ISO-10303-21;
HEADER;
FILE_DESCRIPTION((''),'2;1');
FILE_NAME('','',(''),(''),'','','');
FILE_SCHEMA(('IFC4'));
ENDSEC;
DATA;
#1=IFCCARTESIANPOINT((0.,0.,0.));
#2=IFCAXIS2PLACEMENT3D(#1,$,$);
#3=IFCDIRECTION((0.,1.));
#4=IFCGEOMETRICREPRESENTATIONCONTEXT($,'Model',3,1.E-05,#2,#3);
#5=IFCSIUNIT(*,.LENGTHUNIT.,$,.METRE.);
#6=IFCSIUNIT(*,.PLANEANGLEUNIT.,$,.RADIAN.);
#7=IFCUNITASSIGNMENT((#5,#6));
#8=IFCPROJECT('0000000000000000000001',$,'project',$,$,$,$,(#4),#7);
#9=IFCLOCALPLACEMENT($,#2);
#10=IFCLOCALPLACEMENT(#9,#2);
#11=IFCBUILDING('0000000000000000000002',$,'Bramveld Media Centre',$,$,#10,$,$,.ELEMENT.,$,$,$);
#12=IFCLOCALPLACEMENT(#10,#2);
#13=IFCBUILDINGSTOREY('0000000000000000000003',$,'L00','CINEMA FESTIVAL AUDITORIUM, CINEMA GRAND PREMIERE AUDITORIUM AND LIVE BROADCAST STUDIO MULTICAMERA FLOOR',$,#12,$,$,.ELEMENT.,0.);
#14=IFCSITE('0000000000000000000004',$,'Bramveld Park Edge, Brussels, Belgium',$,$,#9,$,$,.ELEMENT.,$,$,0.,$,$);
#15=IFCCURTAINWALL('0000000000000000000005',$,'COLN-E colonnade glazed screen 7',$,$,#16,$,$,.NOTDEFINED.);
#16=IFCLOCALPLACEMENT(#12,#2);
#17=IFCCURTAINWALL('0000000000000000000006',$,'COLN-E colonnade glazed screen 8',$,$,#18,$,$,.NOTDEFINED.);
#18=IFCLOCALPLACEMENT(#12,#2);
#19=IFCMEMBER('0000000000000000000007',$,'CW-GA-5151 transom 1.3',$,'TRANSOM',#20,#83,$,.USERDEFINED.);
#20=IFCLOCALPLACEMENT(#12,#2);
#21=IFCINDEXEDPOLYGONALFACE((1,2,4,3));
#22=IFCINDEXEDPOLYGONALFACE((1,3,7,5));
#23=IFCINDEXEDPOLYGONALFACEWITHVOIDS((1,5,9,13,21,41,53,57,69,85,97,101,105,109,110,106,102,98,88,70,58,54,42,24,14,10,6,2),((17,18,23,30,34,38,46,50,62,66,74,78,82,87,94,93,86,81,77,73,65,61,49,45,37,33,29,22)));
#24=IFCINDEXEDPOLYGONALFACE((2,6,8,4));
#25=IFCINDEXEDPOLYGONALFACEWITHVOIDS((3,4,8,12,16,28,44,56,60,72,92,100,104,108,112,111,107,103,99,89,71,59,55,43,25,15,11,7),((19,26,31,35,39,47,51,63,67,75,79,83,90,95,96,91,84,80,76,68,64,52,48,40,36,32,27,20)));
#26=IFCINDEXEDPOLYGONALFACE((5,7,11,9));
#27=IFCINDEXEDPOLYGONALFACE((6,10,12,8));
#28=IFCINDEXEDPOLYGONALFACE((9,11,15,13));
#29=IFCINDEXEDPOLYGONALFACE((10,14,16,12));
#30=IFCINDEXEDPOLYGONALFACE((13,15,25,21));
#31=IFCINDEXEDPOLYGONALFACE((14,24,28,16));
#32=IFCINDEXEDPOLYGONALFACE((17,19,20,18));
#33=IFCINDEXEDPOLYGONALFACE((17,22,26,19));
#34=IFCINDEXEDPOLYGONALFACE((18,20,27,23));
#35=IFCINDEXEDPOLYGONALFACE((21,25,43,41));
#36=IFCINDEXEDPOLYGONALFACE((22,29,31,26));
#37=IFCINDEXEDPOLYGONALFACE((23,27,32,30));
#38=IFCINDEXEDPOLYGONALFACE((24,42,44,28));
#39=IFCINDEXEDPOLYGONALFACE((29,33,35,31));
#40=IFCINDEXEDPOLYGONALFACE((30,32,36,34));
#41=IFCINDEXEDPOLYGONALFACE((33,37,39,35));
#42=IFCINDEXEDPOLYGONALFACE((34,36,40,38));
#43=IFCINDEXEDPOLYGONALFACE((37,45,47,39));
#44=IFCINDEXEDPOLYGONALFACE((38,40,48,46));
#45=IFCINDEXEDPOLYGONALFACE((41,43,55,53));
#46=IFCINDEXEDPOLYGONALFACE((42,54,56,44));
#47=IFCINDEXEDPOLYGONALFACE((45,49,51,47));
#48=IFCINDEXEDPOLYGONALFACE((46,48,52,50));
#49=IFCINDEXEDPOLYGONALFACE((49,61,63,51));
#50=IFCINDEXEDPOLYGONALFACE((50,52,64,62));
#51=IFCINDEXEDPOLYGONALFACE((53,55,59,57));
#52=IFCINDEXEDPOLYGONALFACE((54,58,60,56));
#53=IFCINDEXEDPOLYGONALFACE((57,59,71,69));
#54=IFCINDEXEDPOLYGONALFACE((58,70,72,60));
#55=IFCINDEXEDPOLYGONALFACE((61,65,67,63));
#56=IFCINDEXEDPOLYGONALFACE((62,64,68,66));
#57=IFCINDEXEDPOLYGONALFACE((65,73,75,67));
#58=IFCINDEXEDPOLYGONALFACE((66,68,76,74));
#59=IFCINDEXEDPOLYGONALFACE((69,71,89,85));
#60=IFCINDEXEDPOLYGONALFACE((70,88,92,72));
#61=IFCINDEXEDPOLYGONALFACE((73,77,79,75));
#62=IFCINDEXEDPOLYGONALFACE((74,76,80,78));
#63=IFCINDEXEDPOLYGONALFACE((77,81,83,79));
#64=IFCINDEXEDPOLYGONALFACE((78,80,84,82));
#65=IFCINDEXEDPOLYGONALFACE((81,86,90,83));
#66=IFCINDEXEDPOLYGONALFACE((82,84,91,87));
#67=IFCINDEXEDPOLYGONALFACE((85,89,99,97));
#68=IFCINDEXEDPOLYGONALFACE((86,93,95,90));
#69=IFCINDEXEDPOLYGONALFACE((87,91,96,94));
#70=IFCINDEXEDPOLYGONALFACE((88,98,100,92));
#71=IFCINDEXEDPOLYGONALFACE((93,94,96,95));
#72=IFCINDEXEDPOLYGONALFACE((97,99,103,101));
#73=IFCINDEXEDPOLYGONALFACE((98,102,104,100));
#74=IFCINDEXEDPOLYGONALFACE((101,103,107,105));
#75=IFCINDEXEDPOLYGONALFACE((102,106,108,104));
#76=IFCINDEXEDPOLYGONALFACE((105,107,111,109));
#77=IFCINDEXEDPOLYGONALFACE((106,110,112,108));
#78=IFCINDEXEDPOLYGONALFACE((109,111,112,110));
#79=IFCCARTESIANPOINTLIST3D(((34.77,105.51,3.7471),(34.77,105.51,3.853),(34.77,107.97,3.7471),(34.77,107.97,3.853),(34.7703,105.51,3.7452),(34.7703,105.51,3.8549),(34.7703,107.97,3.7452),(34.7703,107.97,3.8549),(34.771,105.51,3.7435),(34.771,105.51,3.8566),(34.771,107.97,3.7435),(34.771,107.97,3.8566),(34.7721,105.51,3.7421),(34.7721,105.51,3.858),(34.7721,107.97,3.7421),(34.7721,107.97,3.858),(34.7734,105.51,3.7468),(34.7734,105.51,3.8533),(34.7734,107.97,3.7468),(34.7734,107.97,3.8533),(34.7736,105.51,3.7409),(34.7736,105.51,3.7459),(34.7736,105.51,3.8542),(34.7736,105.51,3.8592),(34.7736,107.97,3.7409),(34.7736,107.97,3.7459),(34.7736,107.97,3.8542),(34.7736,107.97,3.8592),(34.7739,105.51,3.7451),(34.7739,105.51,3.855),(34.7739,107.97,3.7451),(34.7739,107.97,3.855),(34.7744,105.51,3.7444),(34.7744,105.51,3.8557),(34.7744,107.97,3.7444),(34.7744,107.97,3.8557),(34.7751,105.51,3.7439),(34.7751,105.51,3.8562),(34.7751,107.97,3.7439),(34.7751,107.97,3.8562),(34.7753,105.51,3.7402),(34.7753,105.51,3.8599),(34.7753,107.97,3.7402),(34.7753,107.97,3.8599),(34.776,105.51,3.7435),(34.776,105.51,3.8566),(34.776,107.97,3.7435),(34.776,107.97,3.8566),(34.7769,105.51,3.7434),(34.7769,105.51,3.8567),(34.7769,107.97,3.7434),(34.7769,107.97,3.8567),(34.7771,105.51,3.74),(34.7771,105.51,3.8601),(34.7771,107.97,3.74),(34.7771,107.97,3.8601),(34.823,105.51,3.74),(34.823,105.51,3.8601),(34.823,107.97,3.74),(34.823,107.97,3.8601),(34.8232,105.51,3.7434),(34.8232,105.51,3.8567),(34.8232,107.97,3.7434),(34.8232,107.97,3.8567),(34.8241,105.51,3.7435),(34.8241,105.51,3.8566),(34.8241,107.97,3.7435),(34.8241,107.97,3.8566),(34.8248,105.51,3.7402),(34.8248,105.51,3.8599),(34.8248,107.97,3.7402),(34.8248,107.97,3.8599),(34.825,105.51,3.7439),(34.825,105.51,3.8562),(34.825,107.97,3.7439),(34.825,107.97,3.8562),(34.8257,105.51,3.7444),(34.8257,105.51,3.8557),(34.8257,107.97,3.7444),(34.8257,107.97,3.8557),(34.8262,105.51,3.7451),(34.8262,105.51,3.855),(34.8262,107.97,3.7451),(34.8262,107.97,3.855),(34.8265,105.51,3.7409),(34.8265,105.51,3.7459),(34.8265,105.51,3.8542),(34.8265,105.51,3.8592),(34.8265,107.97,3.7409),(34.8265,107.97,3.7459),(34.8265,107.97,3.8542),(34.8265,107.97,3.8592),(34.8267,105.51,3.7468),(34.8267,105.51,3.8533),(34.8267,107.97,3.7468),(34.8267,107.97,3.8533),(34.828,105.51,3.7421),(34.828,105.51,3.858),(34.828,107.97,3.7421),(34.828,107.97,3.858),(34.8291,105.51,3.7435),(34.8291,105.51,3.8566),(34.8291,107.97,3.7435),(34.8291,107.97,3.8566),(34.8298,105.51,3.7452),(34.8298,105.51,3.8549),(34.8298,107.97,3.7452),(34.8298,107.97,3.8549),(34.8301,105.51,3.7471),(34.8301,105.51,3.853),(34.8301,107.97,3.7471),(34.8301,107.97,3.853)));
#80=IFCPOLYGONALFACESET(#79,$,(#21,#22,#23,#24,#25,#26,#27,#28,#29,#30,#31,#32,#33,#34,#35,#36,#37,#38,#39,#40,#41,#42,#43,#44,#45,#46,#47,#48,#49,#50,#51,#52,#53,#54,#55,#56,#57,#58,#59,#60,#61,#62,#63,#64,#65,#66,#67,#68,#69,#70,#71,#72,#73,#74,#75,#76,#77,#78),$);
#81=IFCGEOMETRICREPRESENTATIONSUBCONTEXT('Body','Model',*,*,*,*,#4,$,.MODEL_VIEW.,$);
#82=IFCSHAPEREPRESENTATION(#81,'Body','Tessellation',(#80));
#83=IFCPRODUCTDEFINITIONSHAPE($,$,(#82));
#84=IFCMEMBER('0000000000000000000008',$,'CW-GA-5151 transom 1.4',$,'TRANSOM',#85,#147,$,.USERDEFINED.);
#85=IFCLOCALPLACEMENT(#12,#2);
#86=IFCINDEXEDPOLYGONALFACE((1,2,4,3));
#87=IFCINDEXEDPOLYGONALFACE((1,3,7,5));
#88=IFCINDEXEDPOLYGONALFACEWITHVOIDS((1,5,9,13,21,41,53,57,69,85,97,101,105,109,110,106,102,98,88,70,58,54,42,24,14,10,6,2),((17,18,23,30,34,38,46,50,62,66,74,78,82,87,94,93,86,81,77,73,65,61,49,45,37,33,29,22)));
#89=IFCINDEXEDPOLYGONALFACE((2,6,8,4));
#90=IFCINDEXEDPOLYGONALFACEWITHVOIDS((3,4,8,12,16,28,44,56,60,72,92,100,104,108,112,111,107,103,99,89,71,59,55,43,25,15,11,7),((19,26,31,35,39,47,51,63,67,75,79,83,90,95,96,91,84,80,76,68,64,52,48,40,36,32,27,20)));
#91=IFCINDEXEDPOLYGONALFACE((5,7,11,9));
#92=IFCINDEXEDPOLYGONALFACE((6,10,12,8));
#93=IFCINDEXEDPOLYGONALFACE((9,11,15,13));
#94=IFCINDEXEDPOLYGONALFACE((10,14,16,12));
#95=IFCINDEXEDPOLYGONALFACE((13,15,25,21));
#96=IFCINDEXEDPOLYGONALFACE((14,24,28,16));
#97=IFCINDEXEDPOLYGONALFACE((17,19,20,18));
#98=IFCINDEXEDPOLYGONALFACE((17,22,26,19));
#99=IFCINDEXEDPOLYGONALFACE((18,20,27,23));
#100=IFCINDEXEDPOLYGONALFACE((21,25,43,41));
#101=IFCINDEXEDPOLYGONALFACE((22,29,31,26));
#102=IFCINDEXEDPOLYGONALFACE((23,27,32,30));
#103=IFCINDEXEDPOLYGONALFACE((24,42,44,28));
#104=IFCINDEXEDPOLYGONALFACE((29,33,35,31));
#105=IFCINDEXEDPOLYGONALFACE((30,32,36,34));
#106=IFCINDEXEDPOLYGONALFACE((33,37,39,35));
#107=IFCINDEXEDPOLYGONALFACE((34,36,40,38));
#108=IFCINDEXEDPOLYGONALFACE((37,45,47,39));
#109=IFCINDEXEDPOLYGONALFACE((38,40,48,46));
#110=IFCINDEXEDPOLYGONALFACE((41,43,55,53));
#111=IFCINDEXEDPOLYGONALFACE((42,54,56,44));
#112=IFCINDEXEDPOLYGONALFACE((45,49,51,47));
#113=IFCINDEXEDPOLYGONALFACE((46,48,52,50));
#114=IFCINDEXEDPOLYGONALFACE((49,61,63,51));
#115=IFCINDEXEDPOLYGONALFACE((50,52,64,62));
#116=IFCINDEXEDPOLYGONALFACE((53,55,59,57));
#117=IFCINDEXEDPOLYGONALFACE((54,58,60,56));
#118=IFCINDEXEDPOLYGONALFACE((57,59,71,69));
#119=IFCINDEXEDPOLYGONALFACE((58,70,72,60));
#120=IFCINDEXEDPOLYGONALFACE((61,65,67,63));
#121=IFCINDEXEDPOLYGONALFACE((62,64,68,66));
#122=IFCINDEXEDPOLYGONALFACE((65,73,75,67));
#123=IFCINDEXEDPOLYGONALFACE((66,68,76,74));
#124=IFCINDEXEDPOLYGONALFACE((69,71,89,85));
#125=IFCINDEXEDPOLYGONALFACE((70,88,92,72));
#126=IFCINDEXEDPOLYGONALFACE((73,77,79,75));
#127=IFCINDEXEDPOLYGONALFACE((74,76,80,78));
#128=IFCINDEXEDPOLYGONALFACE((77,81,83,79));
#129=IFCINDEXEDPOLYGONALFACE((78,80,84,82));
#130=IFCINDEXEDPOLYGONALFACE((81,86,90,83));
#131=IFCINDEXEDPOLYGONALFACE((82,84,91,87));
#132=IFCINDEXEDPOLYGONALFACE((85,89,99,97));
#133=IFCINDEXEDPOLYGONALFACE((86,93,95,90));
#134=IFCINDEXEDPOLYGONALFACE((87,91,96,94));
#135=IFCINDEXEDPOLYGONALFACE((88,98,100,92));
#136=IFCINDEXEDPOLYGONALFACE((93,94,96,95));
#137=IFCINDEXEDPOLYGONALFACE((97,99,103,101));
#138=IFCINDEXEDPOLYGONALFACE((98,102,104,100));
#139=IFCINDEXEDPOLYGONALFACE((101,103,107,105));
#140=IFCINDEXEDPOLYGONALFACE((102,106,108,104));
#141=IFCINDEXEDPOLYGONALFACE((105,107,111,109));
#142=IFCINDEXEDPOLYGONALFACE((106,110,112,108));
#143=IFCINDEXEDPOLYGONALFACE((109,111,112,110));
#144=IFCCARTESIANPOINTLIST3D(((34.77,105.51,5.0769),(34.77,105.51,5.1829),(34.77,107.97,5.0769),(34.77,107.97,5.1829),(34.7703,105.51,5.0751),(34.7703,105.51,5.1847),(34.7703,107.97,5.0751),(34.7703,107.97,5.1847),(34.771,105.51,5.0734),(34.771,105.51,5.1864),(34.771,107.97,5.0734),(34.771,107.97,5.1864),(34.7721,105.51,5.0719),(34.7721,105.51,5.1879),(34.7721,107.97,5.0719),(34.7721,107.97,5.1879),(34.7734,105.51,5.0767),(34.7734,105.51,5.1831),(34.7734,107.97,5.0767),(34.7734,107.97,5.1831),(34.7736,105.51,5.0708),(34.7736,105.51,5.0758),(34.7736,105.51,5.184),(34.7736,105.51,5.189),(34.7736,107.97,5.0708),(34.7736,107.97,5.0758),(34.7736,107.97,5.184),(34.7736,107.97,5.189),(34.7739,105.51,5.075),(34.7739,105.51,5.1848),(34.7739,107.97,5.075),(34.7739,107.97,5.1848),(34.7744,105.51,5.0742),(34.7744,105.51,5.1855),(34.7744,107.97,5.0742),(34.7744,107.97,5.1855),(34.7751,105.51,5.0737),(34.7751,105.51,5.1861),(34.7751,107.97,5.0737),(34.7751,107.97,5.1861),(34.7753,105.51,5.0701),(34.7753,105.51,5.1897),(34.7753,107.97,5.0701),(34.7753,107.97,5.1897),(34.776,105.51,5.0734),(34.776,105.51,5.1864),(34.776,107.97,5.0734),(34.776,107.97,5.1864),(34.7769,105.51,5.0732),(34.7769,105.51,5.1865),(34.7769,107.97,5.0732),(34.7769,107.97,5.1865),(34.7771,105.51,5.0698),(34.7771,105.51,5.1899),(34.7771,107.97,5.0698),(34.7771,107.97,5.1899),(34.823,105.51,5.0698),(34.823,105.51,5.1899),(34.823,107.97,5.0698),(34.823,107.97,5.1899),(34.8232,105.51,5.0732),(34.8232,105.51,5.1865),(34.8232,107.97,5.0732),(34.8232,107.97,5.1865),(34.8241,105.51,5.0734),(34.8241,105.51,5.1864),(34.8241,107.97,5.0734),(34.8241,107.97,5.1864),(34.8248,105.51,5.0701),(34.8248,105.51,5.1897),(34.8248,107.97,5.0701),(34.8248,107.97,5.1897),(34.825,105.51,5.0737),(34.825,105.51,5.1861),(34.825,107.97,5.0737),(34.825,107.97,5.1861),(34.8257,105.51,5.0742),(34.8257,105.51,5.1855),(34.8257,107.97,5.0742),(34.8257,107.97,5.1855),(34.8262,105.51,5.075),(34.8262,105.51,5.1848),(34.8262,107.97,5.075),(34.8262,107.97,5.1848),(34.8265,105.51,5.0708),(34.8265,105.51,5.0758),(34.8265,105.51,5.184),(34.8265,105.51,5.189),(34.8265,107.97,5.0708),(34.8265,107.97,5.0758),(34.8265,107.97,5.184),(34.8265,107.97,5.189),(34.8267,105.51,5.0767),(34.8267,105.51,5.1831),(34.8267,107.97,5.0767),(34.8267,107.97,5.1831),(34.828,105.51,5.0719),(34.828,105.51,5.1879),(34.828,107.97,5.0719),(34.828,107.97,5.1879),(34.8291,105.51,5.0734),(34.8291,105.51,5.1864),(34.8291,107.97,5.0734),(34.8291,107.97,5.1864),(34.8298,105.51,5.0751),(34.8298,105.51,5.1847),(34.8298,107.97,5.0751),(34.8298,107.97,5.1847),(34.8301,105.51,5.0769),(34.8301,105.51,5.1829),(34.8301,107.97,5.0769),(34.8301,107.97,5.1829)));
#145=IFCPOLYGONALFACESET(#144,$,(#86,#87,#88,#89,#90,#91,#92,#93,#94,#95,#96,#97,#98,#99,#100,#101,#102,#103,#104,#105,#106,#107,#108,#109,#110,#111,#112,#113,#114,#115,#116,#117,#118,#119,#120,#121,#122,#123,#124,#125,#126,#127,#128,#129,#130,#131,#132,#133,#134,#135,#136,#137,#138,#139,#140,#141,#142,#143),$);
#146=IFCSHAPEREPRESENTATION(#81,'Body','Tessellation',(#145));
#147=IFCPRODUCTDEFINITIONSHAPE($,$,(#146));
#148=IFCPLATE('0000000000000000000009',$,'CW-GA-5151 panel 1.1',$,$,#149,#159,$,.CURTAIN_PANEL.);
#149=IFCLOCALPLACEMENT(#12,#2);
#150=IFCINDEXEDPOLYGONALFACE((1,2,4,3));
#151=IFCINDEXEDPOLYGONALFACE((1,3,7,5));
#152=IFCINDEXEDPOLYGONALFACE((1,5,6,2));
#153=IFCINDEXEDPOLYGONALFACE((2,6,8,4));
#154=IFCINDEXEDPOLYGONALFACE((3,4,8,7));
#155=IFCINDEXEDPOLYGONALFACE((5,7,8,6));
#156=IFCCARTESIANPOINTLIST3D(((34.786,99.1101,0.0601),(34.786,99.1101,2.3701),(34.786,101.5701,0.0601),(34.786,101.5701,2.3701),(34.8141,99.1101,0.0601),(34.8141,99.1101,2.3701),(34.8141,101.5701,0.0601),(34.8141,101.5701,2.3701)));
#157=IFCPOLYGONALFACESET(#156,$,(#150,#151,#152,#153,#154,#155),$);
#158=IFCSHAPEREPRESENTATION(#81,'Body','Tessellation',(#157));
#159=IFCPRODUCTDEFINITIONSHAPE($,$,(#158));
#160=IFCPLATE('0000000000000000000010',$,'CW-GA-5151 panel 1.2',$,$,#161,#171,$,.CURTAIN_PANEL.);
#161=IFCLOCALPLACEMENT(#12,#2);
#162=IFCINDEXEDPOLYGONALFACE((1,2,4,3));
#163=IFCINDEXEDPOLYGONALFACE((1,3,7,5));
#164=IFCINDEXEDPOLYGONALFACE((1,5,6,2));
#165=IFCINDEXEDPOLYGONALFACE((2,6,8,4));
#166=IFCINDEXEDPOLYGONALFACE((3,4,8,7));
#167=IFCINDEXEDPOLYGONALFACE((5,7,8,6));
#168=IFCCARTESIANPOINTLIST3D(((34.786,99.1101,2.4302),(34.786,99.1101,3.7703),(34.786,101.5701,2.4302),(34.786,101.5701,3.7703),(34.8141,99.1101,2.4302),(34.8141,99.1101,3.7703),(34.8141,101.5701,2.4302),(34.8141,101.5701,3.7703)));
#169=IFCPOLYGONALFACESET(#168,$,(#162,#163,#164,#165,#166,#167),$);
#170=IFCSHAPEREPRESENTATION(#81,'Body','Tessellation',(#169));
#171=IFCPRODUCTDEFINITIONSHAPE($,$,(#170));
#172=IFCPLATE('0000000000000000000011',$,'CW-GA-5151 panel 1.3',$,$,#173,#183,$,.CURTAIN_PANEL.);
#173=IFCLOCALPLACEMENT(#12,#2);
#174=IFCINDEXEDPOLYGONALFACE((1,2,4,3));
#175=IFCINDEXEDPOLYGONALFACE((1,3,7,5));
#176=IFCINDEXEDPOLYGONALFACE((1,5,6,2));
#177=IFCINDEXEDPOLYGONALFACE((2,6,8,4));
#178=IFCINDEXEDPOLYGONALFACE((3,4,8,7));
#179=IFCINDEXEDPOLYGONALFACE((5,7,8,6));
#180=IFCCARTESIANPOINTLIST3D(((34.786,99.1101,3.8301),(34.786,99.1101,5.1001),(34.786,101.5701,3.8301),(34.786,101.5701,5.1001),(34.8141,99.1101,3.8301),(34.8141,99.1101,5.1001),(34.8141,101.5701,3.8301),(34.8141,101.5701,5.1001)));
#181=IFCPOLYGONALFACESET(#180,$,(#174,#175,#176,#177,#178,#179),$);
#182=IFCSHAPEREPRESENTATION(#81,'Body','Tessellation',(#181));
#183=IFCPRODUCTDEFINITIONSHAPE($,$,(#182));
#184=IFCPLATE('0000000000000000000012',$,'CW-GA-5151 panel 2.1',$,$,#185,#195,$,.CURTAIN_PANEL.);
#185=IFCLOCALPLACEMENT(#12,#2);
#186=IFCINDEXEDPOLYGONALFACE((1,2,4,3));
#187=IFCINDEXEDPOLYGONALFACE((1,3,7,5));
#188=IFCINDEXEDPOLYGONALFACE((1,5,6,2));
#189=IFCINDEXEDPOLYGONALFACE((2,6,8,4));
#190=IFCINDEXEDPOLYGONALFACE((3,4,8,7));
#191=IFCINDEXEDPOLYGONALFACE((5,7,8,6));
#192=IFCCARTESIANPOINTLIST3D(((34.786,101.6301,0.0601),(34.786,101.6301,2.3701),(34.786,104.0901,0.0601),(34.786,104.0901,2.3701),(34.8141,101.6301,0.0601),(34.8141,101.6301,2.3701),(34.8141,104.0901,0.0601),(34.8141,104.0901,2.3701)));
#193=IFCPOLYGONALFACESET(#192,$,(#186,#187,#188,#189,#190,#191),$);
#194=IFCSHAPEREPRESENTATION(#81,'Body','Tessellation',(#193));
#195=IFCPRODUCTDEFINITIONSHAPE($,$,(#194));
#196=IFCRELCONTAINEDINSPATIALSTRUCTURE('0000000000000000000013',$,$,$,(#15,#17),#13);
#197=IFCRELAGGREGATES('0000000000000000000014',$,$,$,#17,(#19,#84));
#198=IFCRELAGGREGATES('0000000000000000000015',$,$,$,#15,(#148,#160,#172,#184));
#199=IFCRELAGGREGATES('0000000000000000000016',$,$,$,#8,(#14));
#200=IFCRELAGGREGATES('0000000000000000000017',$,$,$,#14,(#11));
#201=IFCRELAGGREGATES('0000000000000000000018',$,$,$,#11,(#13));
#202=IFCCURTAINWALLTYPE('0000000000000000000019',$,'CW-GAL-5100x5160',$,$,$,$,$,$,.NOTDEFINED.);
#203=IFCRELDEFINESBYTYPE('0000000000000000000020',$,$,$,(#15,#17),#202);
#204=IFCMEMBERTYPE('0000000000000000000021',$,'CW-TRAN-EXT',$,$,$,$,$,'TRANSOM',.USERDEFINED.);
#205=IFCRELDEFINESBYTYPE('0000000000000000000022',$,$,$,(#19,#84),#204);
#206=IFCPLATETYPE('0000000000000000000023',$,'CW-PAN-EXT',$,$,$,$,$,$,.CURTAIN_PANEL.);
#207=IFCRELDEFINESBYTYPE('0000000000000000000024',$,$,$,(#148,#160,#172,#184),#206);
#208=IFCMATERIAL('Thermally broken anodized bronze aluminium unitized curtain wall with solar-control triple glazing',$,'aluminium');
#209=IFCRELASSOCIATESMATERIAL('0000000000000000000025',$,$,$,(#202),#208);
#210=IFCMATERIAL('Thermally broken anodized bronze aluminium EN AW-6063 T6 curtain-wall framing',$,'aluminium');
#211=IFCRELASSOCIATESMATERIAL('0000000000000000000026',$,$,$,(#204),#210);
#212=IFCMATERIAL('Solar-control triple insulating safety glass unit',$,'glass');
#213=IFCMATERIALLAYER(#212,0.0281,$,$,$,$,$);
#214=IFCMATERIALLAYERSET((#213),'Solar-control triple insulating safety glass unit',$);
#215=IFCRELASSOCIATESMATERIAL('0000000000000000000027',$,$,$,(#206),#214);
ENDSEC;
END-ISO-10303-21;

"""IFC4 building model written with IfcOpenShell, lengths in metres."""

from ifc_helpers import new_model, si_unit, direction, frame, origin, origin_2d, place, context, subcontext, project, spatial, rectangle, hollow_rectangle, extrude, material, layer, layer_set, material_profile, profile_set, type_object, element, aggregate, save


model = new_model("IFC4")

# Units and contexts
model_context = context("Model", 3, precision=1e-05, world=origin(), true_north=direction((0.0, 1.0)))
body_context = subcontext(model_context, "Body", "Model", "MODEL_VIEW")
ifc_project = project(units=[si_unit("LENGTHUNIT", "METRE"), si_unit("PLANEANGLEUNIT", "RADIAN")], contexts=[model_context])

# Site, building, storey
site_placement = place(None, origin())
site = spatial("IfcSite", under=ifc_project, at=site_placement, Name="Bramveld Park Edge, Brussels, Belgium", CompositionType="ELEMENT", RefElevation=0.0)
building_placement = place(site_placement, origin())
building = spatial("IfcBuilding", under=site, at=building_placement, Name="Bramveld Media Centre", CompositionType="ELEMENT")
storey_placement = place(building_placement, origin())
storey = spatial("IfcBuildingStorey", under=building, at=storey_placement, Name="L00", Description="CINEMA FESTIVAL AUDITORIUM, CINEMA GRAND PREMIERE AUDITORIUM AND LIVE BROADCAST STUDIO MULTICAMERA FLOOR", CompositionType="ELEMENT", Elevation=0.0)

# Curtain wall
ifc_material_1 = material(Name="Thermally broken anodized bronze aluminium unitized curtain wall with solar-control triple glazing", Category="aluminium")
curtain_wall_type = type_object("IfcCurtainWallType", Name="CW-GAL-5100x5160", PredefinedType="NOTDEFINED", material=ifc_material_1)
curtain_wall_1_placement = place(storey_placement, origin())
curtain_wall_1 = element("IfcCurtainWall", 1, at=curtain_wall_1_placement, inside=storey, type_object=curtain_wall_type, Name="COLN-E colonnade glazed screen 7", PredefinedType="NOTDEFINED")

# Curtain wall
curtain_wall_2_placement = place(storey_placement, origin())
curtain_wall_2 = element("IfcCurtainWall", 2, at=curtain_wall_2_placement, inside=storey, type_object=curtain_wall_type, Name="COLN-E colonnade glazed screen 8", PredefinedType="NOTDEFINED")

# Members
ifc_material_2 = material(Name="Thermally broken anodized bronze aluminium EN AW-6063 T6 curtain-wall framing", Category="aluminium")
ifc_material_profile_1 = material_profile(ifc_material_2, hollow_rectangle(XDim=0.0601, YDim=0.1201, WallThickness=0.0034, InnerFilletRadius=0.0034, OuterFilletRadius=0.0071, at=origin_2d()), Name="AL-TRAN 60x120")
ifc_profile_set_1 = profile_set([ifc_material_profile_1], Name="Thermally broken anodized bronze aluminium EN AW-6063 T6 curtain-wall framing")
member_type_1 = type_object("IfcMemberType", Name="CW-TRAN-EXT", ElementType="TRANSOM", PredefinedType="USERDEFINED", material=ifc_profile_set_1)
member_1_placement = place(storey_placement, frame((34.8, 105.51, 3.8), z_axis=(0.0, 1.0, 0.0), x_axis=(-1.0, 0.0, 0.0)))
member_1 = element("IfcMember", 3, at=member_1_placement, type_object=member_type_1, Name="CW-GA-5151 transom 1.3", ObjectType="TRANSOM", PredefinedType="USERDEFINED", context=body_context, shape_type="SweptSolid", body=[
    extrude(hollow_rectangle(XDim=0.0601, YDim=0.1201, WallThickness=0.0034, InnerFilletRadius=0.0034, OuterFilletRadius=0.0071, at=origin_2d()), origin(), (0.0, 0.0, 1.0), 2.46),
])
member_2_placement = place(storey_placement, frame((34.8, 105.51, 5.1299), z_axis=(0.0, 1.0, 0.0), x_axis=(-1.0, 0.0, 0.0)))
member_2 = element("IfcMember", 4, at=member_2_placement, type_object=member_type_1, Name="CW-GA-5151 transom 1.4", ObjectType="TRANSOM", PredefinedType="USERDEFINED", context=body_context, shape_type="SweptSolid", body=[
    extrude(hollow_rectangle(XDim=0.0601, YDim=0.1201, WallThickness=0.0034, InnerFilletRadius=0.0034, OuterFilletRadius=0.0071, at=origin_2d()), origin(), (0.0, 0.0, 1.0), 2.46),
])
aggregate(curtain_wall_2, [member_1, member_2])

# Plates
ifc_material_3 = material(Name="Solar-control triple insulating safety glass unit", Category="glass")
ifc_layer = layer(ifc_material_3, 0.0281)
ifc_layer_set = layer_set([ifc_layer], Name="Solar-control triple insulating safety glass unit")
plate_type = type_object("IfcPlateType", Name="CW-PAN-EXT", PredefinedType="CURTAIN_PANEL", material=ifc_layer_set)
plate_1_placement = place(storey_placement, frame((34.8, 100.3401, 0.0601), z_axis=(0.0, 0.0, 1.0), x_axis=(0.0, 1.0, 0.0)))
plate_1 = element("IfcPlate", 5, at=plate_1_placement, type_object=plate_type, Name="CW-GA-5151 panel 1.1", PredefinedType="CURTAIN_PANEL", context=body_context, shape_type="SweptSolid", body=[
    extrude(rectangle(XDim=2.46, YDim=0.0281, at=origin_2d()), origin(), (0.0, 0.0, 1.0), 2.3101),
])
plate_2_placement = place(storey_placement, frame((34.8, 100.3401, 2.4302), z_axis=(0.0, 0.0, 1.0), x_axis=(0.0, 1.0, 0.0)))
plate_2 = element("IfcPlate", 6, at=plate_2_placement, type_object=plate_type, Name="CW-GA-5151 panel 1.2", PredefinedType="CURTAIN_PANEL", context=body_context, shape_type="SweptSolid", body=[
    extrude(rectangle(XDim=2.46, YDim=0.0281, at=origin_2d()), origin(), (0.0, 0.0, 1.0), 1.3401),
])
plate_3_placement = place(storey_placement, frame((34.8, 100.3401, 3.8301), z_axis=(0.0, 0.0, 1.0), x_axis=(0.0, 1.0, 0.0)))
plate_3 = element("IfcPlate", 7, at=plate_3_placement, type_object=plate_type, Name="CW-GA-5151 panel 1.3", PredefinedType="CURTAIN_PANEL", context=body_context, shape_type="SweptSolid", body=[
    extrude(rectangle(XDim=2.46, YDim=0.0281, at=origin_2d()), origin(), (0.0, 0.0, 1.0), 1.27),
])
plate_4_placement = place(storey_placement, frame((34.8, 102.8601, 0.0601), z_axis=(0.0, 0.0, 1.0), x_axis=(0.0, 1.0, 0.0)))
plate_4 = element("IfcPlate", 8, at=plate_4_placement, type_object=plate_type, Name="CW-GA-5151 panel 2.1", PredefinedType="CURTAIN_PANEL", context=body_context, shape_type="SweptSolid", body=[
    extrude(rectangle(XDim=2.46, YDim=0.0281, at=origin_2d()), origin(), (0.0, 0.0, 1.0), 2.3101),
])
aggregate(curtain_wall_1, [plate_1, plate_2, plate_3, plate_4])

save(model, "model.ifc")
